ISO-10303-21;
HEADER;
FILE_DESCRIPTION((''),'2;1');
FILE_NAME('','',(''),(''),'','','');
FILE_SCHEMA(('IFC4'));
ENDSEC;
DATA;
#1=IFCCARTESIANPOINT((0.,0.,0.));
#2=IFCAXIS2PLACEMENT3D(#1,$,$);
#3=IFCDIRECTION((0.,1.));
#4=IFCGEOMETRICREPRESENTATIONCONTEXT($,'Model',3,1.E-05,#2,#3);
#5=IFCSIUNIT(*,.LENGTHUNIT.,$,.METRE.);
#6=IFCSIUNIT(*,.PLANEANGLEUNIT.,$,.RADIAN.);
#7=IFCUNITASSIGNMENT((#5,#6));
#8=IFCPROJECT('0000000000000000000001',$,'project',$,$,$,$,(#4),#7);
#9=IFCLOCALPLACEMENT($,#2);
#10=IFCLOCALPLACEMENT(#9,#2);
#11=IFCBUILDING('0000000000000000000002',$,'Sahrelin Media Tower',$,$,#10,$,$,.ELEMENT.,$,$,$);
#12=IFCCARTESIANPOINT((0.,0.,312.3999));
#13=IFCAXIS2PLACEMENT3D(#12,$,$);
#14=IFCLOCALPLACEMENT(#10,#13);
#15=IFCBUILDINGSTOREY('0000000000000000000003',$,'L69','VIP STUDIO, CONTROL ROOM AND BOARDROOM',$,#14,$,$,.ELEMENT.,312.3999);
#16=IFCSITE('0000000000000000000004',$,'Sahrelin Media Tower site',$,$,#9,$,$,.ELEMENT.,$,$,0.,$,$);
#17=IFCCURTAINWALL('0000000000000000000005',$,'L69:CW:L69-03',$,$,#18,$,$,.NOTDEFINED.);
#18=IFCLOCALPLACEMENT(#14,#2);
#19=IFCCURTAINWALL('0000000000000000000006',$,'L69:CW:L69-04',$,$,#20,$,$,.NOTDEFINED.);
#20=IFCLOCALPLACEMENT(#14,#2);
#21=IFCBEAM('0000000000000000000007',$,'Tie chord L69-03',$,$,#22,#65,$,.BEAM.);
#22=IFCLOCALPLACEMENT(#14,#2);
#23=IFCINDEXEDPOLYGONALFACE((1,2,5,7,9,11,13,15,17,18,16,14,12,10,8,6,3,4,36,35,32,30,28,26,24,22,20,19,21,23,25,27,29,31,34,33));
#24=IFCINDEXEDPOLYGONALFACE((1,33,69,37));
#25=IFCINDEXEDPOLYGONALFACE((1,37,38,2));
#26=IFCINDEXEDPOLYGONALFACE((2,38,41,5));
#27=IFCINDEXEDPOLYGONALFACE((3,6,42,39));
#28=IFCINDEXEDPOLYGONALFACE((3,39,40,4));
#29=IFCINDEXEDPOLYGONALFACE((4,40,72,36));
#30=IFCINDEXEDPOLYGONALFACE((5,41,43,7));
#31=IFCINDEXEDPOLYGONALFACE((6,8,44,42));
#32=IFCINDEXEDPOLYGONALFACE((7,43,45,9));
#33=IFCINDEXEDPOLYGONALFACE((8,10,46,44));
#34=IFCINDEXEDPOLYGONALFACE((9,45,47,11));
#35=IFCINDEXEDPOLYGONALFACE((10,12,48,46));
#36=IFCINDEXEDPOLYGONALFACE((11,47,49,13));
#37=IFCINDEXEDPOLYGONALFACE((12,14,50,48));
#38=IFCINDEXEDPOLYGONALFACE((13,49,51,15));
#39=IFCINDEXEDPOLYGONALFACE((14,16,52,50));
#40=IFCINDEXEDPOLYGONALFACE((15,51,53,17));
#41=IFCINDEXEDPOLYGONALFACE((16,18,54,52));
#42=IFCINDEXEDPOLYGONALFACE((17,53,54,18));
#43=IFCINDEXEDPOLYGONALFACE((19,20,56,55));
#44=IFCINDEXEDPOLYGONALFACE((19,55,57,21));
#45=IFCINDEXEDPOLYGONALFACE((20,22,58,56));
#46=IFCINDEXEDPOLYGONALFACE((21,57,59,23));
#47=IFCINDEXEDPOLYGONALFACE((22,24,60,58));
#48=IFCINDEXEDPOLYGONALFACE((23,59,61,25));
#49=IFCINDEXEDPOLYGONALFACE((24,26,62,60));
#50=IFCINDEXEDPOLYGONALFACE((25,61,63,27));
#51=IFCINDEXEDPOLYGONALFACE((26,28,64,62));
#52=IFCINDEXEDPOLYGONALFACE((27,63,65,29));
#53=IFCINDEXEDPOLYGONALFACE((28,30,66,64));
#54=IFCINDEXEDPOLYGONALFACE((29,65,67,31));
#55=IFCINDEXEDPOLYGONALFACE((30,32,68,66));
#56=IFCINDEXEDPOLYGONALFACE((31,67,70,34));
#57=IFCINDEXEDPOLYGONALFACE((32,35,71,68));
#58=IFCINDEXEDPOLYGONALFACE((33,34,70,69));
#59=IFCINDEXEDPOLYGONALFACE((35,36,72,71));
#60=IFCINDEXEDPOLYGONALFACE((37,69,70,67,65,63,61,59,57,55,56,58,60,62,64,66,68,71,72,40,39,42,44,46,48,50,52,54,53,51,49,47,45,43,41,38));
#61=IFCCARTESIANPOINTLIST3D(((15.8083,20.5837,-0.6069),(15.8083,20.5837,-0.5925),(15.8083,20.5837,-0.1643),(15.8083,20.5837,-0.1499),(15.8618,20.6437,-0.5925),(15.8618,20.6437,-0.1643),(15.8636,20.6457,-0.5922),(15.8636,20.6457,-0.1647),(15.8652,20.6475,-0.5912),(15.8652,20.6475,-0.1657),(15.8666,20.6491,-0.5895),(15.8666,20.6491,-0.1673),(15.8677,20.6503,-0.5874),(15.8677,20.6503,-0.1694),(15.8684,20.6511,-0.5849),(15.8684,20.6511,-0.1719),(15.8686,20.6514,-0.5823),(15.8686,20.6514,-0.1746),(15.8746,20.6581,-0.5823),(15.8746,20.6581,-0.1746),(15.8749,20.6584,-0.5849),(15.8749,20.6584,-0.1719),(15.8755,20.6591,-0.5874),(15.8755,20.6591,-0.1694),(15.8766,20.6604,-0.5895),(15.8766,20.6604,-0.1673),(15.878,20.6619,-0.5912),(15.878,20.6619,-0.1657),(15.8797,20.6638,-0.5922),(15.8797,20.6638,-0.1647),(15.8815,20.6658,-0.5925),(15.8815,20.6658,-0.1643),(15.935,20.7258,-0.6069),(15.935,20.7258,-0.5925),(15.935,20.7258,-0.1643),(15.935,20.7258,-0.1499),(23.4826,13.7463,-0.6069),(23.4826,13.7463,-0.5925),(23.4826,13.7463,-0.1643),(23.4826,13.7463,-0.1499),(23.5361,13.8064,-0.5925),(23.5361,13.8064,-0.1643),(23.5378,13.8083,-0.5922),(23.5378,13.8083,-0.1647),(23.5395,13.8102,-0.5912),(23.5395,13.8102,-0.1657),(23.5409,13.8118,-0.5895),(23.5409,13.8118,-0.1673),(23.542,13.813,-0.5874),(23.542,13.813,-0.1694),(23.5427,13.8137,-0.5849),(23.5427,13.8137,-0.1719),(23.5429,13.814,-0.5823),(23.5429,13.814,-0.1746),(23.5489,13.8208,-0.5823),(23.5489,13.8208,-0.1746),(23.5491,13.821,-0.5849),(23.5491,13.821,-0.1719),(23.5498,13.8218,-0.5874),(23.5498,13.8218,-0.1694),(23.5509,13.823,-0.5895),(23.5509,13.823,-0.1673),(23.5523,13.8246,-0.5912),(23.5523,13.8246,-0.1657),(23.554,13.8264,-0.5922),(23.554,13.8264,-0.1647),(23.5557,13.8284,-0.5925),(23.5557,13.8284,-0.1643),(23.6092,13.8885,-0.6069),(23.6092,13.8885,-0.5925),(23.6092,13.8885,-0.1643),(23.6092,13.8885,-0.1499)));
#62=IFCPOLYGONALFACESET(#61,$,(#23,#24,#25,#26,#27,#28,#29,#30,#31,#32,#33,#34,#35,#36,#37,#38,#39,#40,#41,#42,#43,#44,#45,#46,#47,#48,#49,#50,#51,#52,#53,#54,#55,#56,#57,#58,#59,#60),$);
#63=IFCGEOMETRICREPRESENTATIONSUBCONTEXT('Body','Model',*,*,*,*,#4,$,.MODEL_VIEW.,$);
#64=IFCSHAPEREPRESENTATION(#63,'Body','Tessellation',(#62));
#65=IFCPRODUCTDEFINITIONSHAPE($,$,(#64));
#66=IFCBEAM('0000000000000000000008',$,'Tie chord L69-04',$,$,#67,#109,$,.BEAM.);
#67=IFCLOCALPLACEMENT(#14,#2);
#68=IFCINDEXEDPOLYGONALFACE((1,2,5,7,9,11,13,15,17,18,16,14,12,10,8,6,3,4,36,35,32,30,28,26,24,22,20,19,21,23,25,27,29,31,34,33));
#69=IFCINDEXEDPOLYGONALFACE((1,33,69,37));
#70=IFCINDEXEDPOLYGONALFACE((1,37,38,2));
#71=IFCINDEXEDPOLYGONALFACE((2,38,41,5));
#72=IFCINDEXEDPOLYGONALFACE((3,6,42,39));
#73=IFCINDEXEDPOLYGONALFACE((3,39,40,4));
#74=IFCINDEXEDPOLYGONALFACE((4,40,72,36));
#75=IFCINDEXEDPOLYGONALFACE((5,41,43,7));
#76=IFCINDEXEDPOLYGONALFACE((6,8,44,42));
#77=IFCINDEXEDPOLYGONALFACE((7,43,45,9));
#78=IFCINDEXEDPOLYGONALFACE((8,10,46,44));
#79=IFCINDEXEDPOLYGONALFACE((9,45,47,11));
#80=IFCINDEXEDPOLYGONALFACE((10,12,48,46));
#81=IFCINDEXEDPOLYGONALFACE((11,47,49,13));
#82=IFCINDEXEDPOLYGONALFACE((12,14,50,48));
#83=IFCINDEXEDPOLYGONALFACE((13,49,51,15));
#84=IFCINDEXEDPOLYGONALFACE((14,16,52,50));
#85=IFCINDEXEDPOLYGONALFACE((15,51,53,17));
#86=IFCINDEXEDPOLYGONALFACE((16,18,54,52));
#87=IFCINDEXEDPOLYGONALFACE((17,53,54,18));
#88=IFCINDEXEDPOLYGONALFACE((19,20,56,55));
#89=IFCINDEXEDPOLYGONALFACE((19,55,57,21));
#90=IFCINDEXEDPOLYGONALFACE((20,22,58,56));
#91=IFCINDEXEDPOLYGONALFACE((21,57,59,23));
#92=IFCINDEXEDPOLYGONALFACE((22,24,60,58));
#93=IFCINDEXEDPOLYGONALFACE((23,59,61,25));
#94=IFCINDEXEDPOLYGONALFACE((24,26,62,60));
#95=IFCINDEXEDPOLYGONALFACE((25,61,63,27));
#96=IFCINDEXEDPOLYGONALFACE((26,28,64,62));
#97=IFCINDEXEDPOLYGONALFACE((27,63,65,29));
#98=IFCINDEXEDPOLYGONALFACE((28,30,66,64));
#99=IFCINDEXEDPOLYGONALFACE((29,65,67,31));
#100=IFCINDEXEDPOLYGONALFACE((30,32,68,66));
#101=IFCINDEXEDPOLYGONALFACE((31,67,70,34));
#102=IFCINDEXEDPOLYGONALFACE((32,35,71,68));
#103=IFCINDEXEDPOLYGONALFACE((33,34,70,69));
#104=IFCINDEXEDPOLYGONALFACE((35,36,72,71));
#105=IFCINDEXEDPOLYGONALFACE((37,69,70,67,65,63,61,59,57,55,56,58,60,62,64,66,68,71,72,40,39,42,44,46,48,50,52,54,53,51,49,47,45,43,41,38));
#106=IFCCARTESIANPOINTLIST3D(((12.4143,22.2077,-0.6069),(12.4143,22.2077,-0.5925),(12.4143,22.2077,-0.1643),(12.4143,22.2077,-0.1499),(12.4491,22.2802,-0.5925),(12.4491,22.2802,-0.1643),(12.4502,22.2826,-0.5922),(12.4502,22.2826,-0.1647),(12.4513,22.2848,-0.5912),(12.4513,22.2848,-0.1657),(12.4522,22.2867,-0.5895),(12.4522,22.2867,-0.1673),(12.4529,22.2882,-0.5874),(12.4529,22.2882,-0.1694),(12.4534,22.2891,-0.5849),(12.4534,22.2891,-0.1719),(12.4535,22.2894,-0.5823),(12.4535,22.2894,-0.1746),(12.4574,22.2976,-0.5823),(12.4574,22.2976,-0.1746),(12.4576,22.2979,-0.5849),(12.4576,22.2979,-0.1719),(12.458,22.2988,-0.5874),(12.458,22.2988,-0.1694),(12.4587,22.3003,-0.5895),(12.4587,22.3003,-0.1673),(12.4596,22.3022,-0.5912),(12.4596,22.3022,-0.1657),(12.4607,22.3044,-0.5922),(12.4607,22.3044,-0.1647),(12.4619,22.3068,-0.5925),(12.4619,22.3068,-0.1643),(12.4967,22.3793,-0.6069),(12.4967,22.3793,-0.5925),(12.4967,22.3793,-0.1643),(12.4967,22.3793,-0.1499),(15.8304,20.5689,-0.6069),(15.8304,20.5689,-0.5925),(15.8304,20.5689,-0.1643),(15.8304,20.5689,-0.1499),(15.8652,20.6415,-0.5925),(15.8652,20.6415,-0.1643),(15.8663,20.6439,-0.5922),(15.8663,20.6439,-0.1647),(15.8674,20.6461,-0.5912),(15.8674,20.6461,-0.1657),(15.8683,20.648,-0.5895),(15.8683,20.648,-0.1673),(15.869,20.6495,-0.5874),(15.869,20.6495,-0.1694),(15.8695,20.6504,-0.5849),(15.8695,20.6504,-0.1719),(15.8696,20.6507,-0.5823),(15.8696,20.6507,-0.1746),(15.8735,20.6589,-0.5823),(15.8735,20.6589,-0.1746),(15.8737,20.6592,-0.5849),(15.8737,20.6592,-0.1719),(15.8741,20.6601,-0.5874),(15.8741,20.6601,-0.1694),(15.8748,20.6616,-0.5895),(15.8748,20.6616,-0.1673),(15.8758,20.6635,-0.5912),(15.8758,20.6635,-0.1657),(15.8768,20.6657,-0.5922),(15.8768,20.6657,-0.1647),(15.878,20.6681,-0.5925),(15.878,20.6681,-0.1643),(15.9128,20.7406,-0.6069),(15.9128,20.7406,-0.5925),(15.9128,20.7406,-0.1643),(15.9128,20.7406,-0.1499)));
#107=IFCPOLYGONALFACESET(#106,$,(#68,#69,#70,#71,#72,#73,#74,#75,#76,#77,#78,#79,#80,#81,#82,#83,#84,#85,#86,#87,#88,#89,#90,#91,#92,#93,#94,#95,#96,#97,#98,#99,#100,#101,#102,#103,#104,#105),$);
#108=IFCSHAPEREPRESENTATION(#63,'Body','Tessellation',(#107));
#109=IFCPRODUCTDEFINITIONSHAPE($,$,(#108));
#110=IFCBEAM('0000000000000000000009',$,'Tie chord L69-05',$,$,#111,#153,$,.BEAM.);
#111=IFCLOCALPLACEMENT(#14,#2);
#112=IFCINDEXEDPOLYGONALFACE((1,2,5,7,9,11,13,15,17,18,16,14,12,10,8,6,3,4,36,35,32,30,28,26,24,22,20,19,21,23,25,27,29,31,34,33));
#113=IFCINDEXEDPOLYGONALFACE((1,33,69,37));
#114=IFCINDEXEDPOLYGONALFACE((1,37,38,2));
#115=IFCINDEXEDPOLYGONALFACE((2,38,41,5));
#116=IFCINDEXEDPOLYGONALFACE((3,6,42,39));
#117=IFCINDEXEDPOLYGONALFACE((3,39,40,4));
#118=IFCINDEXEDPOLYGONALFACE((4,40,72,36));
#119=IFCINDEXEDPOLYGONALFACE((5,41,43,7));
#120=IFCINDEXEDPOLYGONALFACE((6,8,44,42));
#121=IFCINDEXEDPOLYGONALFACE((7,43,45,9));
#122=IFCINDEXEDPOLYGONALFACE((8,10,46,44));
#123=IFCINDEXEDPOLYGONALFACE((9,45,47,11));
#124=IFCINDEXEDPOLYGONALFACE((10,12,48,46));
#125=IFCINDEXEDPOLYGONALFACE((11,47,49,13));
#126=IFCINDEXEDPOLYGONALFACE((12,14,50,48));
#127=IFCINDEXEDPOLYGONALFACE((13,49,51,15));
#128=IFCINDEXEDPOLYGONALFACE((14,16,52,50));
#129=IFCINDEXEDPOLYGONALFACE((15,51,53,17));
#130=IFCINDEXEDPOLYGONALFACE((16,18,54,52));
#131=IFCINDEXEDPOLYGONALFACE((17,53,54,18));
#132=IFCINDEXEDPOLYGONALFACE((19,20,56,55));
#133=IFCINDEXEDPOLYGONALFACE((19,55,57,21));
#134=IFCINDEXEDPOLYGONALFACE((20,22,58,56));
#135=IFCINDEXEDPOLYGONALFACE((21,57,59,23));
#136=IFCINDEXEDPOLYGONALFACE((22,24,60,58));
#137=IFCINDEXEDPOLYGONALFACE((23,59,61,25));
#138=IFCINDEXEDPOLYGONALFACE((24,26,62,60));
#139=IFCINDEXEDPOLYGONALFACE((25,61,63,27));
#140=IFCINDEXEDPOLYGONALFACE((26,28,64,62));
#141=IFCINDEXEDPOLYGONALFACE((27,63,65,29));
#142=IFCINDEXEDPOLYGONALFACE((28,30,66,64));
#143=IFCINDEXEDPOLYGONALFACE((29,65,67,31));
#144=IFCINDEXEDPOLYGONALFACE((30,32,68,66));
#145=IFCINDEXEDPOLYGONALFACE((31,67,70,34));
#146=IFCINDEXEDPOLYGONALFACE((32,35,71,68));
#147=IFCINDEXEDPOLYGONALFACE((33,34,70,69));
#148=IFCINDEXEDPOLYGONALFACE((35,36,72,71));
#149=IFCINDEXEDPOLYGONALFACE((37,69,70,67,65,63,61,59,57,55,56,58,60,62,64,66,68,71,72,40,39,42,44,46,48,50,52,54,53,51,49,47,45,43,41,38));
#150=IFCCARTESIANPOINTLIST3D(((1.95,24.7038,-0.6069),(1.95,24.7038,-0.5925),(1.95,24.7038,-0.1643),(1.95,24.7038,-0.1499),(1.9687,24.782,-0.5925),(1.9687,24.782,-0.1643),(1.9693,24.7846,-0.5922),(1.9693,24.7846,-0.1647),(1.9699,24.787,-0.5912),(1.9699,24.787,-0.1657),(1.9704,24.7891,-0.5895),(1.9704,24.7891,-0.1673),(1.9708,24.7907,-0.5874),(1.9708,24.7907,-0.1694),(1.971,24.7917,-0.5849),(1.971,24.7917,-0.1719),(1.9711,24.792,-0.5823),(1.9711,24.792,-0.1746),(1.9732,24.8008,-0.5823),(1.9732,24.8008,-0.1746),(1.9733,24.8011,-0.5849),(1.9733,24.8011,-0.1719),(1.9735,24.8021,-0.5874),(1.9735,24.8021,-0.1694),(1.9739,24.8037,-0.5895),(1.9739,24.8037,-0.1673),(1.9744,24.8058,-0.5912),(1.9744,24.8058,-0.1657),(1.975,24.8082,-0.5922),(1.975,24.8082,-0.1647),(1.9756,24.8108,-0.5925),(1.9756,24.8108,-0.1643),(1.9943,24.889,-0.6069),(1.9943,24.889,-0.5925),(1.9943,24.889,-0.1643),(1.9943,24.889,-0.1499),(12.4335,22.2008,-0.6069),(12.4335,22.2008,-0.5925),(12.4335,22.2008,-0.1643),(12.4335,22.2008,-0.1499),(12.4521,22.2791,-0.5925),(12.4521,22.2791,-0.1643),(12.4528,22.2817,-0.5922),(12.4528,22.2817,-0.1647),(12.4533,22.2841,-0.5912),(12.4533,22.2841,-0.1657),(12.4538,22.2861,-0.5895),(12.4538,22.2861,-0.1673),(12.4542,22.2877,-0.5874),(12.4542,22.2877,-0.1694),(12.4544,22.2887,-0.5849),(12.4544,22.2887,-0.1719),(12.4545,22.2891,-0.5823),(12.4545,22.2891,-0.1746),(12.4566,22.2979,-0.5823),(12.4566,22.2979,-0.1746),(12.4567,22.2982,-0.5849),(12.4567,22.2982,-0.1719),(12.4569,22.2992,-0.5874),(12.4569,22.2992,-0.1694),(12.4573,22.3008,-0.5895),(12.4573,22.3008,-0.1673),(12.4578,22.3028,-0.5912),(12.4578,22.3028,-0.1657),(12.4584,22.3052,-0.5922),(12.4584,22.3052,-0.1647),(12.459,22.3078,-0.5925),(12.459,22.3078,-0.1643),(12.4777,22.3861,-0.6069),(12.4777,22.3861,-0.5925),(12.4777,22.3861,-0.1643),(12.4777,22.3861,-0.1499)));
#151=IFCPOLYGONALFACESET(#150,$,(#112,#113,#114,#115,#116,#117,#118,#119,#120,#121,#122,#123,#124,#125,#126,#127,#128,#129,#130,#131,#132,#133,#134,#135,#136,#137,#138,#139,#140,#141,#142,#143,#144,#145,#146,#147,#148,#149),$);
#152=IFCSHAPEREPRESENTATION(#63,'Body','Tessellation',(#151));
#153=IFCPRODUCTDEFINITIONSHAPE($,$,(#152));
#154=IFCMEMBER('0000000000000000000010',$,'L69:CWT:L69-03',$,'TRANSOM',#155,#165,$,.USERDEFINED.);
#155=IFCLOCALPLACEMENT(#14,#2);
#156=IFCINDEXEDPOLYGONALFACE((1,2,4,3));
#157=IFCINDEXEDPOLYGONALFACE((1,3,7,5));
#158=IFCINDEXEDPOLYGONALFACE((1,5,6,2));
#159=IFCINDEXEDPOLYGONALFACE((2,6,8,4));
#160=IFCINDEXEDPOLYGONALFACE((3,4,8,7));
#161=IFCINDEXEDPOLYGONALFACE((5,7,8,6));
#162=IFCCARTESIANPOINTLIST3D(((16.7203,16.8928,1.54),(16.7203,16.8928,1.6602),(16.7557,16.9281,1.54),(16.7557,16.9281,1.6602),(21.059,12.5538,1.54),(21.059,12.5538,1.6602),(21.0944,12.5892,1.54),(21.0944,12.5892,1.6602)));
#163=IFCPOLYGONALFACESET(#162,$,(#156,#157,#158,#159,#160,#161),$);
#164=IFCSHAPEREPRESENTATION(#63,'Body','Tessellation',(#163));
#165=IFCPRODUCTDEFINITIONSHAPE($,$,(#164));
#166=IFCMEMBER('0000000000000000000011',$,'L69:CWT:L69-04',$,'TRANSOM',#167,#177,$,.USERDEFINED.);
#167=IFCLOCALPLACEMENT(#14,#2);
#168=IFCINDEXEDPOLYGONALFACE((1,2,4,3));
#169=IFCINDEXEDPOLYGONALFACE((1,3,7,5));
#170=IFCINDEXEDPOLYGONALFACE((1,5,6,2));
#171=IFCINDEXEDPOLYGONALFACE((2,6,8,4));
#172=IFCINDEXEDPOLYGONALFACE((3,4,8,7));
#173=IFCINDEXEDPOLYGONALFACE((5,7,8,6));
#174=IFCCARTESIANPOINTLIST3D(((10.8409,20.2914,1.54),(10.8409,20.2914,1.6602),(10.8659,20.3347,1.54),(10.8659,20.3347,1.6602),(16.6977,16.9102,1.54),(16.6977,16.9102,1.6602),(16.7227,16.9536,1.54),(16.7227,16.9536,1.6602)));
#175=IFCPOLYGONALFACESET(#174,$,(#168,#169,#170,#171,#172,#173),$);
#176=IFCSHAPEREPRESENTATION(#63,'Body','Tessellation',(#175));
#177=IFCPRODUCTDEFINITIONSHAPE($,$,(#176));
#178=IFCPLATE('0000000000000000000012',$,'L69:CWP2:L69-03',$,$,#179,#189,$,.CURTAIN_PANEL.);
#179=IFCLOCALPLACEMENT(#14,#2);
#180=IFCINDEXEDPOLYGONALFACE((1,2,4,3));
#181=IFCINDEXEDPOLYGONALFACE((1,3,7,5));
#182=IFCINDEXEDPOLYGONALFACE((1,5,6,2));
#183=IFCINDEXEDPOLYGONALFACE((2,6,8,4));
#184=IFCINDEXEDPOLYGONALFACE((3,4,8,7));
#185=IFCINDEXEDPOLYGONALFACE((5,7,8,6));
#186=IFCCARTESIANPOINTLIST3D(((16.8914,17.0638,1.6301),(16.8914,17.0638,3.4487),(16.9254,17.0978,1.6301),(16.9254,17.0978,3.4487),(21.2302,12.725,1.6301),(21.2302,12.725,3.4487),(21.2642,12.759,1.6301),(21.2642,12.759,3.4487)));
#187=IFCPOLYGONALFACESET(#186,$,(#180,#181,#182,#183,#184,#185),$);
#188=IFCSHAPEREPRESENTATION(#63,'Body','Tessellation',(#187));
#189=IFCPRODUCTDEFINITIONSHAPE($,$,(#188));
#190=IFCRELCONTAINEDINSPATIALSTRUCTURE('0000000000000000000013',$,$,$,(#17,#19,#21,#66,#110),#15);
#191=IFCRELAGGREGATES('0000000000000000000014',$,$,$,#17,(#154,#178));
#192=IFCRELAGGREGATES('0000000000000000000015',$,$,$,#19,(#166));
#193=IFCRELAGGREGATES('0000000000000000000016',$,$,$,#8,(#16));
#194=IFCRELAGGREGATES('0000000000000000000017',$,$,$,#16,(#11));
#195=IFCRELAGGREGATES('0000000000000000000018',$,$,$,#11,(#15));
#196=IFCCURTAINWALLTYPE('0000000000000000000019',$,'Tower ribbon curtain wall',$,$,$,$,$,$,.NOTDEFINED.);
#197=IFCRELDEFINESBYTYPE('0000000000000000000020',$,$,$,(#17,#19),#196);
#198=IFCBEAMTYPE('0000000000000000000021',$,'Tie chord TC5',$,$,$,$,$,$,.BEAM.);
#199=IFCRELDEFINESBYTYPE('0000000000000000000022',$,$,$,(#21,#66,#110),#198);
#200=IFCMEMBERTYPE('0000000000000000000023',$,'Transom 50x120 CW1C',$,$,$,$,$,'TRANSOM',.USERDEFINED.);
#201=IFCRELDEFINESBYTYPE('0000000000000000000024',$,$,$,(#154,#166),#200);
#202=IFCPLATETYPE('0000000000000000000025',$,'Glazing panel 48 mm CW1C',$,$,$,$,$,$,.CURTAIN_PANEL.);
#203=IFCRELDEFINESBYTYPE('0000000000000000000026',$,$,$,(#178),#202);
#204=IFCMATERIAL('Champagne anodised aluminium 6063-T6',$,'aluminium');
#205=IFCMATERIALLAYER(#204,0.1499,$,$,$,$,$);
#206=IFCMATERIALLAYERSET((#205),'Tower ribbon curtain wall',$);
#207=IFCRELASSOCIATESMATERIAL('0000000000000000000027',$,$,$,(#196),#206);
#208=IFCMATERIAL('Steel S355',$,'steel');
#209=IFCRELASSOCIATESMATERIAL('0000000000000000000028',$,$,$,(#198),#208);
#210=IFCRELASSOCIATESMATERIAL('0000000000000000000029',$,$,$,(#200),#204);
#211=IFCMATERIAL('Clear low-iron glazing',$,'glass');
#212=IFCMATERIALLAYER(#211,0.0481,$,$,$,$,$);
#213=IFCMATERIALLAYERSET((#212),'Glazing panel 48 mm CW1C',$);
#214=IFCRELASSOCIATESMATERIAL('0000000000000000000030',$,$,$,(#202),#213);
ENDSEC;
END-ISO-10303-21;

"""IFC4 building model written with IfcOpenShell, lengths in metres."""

from ifc_helpers import new_model, si_unit, direction, frame, origin, origin_2d, place, context, subcontext, project, spatial, polyline, rectangle, i_section, outline, extrude, material, layer, layer_set, material_profile, profile_set, type_object, element, aggregate, save


model = new_model("IFC4")

# Units and contexts
model_context = context("Model", 3, precision=1e-05, world=origin(), true_north=direction((0.0, 1.0)))
body_context = subcontext(model_context, "Body", "Model", "MODEL_VIEW")
ifc_project = project(units=[si_unit("LENGTHUNIT", "METRE"), si_unit("PLANEANGLEUNIT", "RADIAN")], contexts=[model_context])

# Site, building, storey
site_placement = place(None, origin())
site = spatial("IfcSite", under=ifc_project, at=site_placement, Name="Sahrelin Media Tower site", CompositionType="ELEMENT", RefElevation=0.0)
building_placement = place(site_placement, origin())
building = spatial("IfcBuilding", under=site, at=building_placement, Name="Sahrelin Media Tower", CompositionType="ELEMENT")
storey_placement = place(building_placement, frame((0.0, 0.0, 312.3999)))
storey = spatial("IfcBuildingStorey", under=building, at=storey_placement, Name="L69", Description="VIP STUDIO, CONTROL ROOM AND BOARDROOM", CompositionType="ELEMENT", Elevation=312.3999)

# Shared definitions
ifc_material_1 = material(Name="Steel S355", Category="steel")

# Curtain walls
ifc_material_2 = material(Name="Champagne anodised aluminium 6063-T6", Category="aluminium")
ifc_layer_1 = layer(ifc_material_2, 0.1499)
ifc_layer_set_1 = layer_set([ifc_layer_1], Name="Tower ribbon curtain wall")
curtain_wall_type = type_object("IfcCurtainWallType", Name="Tower ribbon curtain wall", PredefinedType="NOTDEFINED", material=ifc_layer_set_1)
curtain_wall_1_placement = place(storey_placement, frame((19.0806, 14.9143, 0.0), z_axis=(0.0, 0.0, 1.0), x_axis=(1.0, 0.0, 0.0)))
curtain_wall_1 = element("IfcCurtainWall", 1, at=curtain_wall_1_placement, inside=storey, type_object=curtain_wall_type, Name="L69:CW:L69-03", PredefinedType="NOTDEFINED")
curtain_wall_2_placement = place(storey_placement, frame((13.9043, 18.8347, 0.0), z_axis=(0.0, 0.0, 1.0), x_axis=(1.0, 0.0, 0.0)))
curtain_wall_2 = element("IfcCurtainWall", 2, at=curtain_wall_2_placement, inside=storey, type_object=curtain_wall_type, Name="L69:CW:L69-04", PredefinedType="NOTDEFINED")

# Beams
ifc_material_profile_1 = material_profile(ifc_material_1, i_section(OverallWidth=0.1904, OverallDepth=0.457, WebThickness=0.009, FlangeThickness=0.0144, FilletRadius=0.0103, at=origin_2d()), Name="UB 457x191x74")
ifc_profile_set_1 = profile_set([ifc_material_profile_1], Name="Steel S355")
beam_type_1 = type_object("IfcBeamType", Name="Tie chord TC5", PredefinedType="BEAM", material=ifc_profile_set_1)
beam_1_placement = place(storey_placement, frame((23.5459, 13.8174, -0.3784), z_axis=(-0.746646, 0.665221, 0.0), x_axis=(-0.665221, -0.746646, 0.0)))
element("IfcBeam", 3, at=beam_1_placement, inside=storey, type_object=beam_type_1, Name="Tie chord L69-03", PredefinedType="BEAM", context=body_context, shape_type="SweptSolid", body=[
    extrude(i_section(OverallWidth=0.1904, OverallDepth=0.457, WebThickness=0.009, FlangeThickness=0.0144, FilletRadius=0.0103, at=origin_2d()), origin(), (0.0, 0.0, 1.0), 10.2783),
])
beam_2_placement = place(storey_placement, frame((15.8716, 20.6548, -0.3784), z_axis=(-0.901628, 0.432513, 0.0), x_axis=(-0.432513, -0.901628, 0.0)))
element("IfcBeam", 4, at=beam_2_placement, inside=storey, type_object=beam_type_1, Name="Tie chord L69-04", PredefinedType="BEAM", context=body_context, shape_type="SweptSolid", body=[
    extrude(i_section(OverallWidth=0.1904, OverallDepth=0.457, WebThickness=0.009, FlangeThickness=0.0144, FilletRadius=0.0103, at=origin_2d()), origin(), (0.0, 0.0, 1.0), 3.7888),
])
beam_3_placement = place(storey_placement, frame((12.4556, 22.2935, -0.3784), z_axis=(-0.972662, 0.232225, 0.0), x_axis=(-0.232225, -0.972662, 0.0)))
element("IfcBeam", 5, at=beam_3_placement, inside=storey, type_object=beam_type_1, Name="Tie chord L69-05", PredefinedType="BEAM", context=body_context, shape_type="SweptSolid", body=[
    extrude(i_section(OverallWidth=0.1904, OverallDepth=0.457, WebThickness=0.009, FlangeThickness=0.0144, FilletRadius=0.0103, at=origin_2d()), origin(), (0.0, 0.0, 1.0), 10.7781),
])

# Members
ifc_material_profile_2 = material_profile(ifc_material_2, rectangle(XDim=0.05, YDim=0.1201, at=origin_2d()), Name="Transom 50x120")
ifc_profile_set_2 = profile_set([ifc_material_profile_2], Name="Champagne anodised aluminium 6063-T6")
member_type_1 = type_object("IfcMemberType", Name="Transom 50x120 CW1C", ElementType="TRANSOM", PredefinedType="USERDEFINED", material=ifc_profile_set_2)
member_1_placement = place(storey_placement, frame((21.0767, 12.5715, 1.6001), z_axis=(-0.707087, 0.707127, 0.0), x_axis=(-0.707127, -0.707087, 0.0)))
member_1 = element("IfcMember", 6, at=member_1_placement, type_object=member_type_1, Name="L69:CWT:L69-03", ObjectType="TRANSOM", PredefinedType="USERDEFINED", context=body_context, shape_type="SweptSolid", body=[
    extrude(rectangle(XDim=0.05, YDim=0.1201, at=origin_2d()), origin(), (0.0, 0.0, 1.0), 6.136),
])
member_2_placement = place(storey_placement, frame((16.7102, 16.9319, 1.6001), z_axis=(-0.866042, 0.499971, 0.0), x_axis=(-0.499971, -0.866042, 0.0)))
member_2 = element("IfcMember", 7, at=member_2_placement, type_object=member_type_1, Name="L69:CWT:L69-04", ObjectType="TRANSOM", PredefinedType="USERDEFINED", context=body_context, shape_type="SweptSolid", body=[
    extrude(rectangle(XDim=0.05, YDim=0.1201, at=origin_2d()), origin(), (0.0, 0.0, 1.0), 6.7627),
])

# Plate
ifc_material_3 = material(Name="Clear low-iron glazing", Category="glass")
ifc_layer_2 = layer(ifc_material_3, 0.0481)
ifc_layer_set_2 = layer_set([ifc_layer_2], Name="Glazing panel 48 mm CW1C")
plate_type_1 = type_object("IfcPlateType", Name="Glazing panel 48 mm CW1C", PredefinedType="CURTAIN_PANEL", material=ifc_layer_set_2)
plate_1_placement = place(storey_placement, frame((21.2642, 12.759, 1.6301), z_axis=(0.707107, 0.707107, 0.0), x_axis=(-0.707107, 0.707107, 0.0)))
plate_1 = element("IfcPlate", 8, at=plate_1_placement, type_object=plate_type_1, Name="L69:CWP2:L69-03", PredefinedType="CURTAIN_PANEL", context=body_context, shape_type="SweptSolid", body=[
    extrude(outline(polyline([(0.0, 0.0), (6.136, 0.0), (6.136, 1.8186), (0.0, 1.8186), (0.0, 0.0)])), origin(), (0.0, 0.0, -1.0), 0.0481),
])
aggregate(curtain_wall_1, [member_1, plate_1])
aggregate(curtain_wall_2, [member_2])

save(model, "model.ifc")
